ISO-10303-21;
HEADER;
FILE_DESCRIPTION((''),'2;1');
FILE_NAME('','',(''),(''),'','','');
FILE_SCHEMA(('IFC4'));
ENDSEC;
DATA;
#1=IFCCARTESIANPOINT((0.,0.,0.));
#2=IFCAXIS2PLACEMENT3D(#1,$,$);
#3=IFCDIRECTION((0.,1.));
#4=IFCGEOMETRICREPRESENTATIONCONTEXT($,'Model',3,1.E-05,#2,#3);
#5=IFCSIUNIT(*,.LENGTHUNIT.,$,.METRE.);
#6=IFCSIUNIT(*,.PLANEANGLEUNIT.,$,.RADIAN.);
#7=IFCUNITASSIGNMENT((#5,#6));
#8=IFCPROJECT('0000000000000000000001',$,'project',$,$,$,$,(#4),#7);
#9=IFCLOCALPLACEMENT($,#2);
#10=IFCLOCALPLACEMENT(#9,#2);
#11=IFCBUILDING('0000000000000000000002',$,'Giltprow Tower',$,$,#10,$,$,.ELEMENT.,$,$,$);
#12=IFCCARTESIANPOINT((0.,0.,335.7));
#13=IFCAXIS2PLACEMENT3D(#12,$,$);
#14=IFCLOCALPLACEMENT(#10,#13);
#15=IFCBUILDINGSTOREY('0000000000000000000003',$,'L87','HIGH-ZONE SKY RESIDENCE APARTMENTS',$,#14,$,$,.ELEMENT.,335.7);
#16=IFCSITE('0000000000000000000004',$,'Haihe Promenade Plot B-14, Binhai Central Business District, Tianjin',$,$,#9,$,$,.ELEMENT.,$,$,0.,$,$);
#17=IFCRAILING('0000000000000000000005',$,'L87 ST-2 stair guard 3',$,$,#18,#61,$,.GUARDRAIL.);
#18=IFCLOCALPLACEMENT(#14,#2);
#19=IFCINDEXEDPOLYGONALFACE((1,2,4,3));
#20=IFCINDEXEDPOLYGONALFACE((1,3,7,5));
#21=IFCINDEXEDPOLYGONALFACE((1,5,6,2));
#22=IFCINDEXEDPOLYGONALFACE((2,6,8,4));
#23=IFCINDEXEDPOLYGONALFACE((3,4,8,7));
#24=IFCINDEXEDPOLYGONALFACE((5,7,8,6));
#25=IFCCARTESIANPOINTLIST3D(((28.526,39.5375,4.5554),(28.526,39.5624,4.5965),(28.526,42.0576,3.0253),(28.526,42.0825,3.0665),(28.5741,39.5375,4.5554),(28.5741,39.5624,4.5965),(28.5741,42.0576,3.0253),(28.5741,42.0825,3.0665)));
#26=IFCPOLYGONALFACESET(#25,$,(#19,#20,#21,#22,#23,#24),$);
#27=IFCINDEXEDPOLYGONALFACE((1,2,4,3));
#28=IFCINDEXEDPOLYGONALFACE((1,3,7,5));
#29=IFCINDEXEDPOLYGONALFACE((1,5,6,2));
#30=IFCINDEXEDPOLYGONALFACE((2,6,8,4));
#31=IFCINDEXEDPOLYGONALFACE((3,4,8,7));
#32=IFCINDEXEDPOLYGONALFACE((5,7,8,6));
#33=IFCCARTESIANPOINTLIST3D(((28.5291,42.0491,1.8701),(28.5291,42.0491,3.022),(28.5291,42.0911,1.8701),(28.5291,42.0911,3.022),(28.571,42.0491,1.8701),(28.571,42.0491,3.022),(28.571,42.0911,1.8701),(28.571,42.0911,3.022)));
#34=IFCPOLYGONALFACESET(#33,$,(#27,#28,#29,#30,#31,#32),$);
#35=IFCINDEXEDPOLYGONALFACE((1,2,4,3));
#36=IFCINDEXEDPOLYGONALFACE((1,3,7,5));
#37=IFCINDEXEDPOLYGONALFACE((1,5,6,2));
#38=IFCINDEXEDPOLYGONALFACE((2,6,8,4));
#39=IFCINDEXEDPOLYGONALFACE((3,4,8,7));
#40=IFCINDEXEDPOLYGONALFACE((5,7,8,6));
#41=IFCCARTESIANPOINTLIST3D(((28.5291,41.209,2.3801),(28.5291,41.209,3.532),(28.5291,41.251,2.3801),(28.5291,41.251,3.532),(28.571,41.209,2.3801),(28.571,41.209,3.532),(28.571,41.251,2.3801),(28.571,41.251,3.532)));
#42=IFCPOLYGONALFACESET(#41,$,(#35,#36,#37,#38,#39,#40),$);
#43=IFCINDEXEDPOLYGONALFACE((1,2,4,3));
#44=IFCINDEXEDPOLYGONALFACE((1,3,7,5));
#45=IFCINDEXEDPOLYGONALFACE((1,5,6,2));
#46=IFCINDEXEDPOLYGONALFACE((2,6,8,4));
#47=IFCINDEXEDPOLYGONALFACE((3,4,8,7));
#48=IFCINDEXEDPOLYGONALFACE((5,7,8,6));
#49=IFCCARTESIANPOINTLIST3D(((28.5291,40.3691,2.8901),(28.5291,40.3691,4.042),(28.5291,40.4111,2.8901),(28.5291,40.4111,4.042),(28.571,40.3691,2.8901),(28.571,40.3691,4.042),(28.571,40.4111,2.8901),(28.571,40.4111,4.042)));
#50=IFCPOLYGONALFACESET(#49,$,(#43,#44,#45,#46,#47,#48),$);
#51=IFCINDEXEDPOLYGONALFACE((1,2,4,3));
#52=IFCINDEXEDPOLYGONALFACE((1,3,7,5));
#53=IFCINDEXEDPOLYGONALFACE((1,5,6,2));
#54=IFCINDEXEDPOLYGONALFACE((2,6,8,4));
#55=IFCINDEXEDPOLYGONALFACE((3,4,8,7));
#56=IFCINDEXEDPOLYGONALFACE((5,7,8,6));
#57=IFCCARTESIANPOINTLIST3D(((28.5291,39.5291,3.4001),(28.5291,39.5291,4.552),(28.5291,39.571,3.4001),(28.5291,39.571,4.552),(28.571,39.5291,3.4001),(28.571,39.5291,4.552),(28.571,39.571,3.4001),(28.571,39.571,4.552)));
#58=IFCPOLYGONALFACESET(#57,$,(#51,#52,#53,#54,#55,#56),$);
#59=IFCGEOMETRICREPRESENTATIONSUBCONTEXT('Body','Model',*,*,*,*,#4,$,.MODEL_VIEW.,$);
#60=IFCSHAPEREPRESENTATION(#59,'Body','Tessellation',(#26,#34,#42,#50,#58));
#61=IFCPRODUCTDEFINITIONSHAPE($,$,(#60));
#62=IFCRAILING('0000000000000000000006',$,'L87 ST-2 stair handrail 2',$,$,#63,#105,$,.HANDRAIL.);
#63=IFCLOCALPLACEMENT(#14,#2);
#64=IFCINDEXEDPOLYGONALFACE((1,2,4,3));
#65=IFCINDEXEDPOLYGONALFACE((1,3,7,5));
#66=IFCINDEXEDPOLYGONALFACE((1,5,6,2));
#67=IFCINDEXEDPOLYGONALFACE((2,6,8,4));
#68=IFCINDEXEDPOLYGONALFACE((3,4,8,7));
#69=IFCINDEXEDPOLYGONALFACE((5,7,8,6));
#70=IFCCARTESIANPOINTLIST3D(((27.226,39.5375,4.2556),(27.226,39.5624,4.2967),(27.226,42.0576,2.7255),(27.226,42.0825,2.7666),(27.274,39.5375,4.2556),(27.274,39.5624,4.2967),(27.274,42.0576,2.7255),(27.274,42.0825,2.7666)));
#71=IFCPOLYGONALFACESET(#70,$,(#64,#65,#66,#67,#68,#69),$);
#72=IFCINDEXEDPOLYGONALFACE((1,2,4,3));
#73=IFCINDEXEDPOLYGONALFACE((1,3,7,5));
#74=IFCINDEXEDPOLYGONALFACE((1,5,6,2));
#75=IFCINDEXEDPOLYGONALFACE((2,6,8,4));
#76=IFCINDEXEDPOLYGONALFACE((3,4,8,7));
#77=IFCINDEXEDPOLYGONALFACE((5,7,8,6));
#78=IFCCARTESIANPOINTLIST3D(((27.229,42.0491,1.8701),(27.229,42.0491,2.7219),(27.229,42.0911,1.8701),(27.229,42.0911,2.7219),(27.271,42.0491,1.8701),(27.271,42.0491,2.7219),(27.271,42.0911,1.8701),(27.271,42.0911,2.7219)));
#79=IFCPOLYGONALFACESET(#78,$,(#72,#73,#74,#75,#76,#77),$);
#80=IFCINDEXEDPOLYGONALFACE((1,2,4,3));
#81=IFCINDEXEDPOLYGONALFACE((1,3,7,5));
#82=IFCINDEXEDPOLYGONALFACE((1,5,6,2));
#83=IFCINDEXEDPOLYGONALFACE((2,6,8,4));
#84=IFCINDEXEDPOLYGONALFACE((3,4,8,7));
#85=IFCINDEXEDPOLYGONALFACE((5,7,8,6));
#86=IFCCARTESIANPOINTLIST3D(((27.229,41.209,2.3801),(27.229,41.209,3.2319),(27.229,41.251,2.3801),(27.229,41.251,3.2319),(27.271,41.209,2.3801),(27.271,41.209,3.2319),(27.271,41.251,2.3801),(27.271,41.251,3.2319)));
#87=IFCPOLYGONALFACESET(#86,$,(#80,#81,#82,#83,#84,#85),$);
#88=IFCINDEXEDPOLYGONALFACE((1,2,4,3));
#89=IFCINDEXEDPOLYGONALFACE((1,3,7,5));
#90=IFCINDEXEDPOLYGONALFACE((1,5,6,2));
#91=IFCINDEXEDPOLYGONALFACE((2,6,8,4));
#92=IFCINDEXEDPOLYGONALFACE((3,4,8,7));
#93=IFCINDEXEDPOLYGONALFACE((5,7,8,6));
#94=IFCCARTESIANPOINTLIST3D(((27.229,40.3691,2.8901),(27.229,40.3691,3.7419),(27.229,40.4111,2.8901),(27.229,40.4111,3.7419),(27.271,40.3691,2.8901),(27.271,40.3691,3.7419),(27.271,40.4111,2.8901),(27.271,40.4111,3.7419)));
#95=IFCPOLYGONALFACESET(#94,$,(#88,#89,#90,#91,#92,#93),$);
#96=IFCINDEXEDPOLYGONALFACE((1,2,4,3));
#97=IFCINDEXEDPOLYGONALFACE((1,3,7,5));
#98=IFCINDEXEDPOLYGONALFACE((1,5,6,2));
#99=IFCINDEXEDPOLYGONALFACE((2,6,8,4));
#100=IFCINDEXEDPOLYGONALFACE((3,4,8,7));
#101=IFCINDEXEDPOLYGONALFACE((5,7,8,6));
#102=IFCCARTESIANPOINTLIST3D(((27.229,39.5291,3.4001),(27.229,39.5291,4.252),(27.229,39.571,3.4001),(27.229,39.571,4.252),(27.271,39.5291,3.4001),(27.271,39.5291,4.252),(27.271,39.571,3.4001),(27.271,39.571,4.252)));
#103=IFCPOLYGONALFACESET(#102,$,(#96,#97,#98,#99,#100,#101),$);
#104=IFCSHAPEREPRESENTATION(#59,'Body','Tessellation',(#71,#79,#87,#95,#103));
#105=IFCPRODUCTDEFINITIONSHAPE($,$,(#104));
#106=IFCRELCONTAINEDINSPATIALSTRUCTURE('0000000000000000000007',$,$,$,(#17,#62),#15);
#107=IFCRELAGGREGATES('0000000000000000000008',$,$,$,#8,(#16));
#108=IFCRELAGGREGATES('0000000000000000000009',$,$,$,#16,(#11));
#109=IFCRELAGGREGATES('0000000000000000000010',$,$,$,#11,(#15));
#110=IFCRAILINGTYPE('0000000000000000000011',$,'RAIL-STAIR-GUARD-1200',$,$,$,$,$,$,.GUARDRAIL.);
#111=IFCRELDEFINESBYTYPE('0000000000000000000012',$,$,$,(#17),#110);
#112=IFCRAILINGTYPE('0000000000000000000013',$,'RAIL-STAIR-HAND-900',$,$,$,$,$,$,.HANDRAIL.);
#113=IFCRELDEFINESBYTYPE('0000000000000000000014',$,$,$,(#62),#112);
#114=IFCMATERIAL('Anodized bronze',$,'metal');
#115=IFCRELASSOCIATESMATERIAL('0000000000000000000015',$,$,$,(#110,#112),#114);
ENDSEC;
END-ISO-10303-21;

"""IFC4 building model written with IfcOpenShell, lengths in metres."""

from ifc_helpers import new_model, si_unit, direction, frame, origin, origin_2d, place, context, subcontext, project, spatial, rectangle, extrude, material, type_object, element, save


model = new_model("IFC4")

# Units and contexts
model_context = context("Model", 3, precision=1e-05, world=origin(), true_north=direction((0.0, 1.0)))
body_context = subcontext(model_context, "Body", "Model", "MODEL_VIEW")
ifc_project = project(units=[si_unit("LENGTHUNIT", "METRE"), si_unit("PLANEANGLEUNIT", "RADIAN")], contexts=[model_context])

# Site, building, storey
site_placement = place(None, origin())
site = spatial("IfcSite", under=ifc_project, at=site_placement, Name="Haihe Promenade Plot B-14, Binhai Central Business District, Tianjin", CompositionType="ELEMENT", RefElevation=0.0)
building_placement = place(site_placement, origin())
building = spatial("IfcBuilding", under=site, at=building_placement, Name="Giltprow Tower", CompositionType="ELEMENT")
storey_placement = place(building_placement, frame((0.0, 0.0, 335.7)))
storey = spatial("IfcBuildingStorey", under=building, at=storey_placement, Name="L87", Description="HIGH-ZONE SKY RESIDENCE APARTMENTS", CompositionType="ELEMENT", Elevation=335.7)

# Railings
ifc_material_1 = material(Name="Anodized bronze", Category="metal")
railing_type_1 = type_object("IfcRailingType", Name="RAIL-STAIR-GUARD-1200", PredefinedType="GUARDRAIL", material=ifc_material_1)
railing_1_placement = place(storey_placement, frame((28.55, 42.0701, 1.8701)))
element("IfcRailing", 1, at=railing_1_placement, inside=storey, type_object=railing_type_1, Name="L87 ST-2 stair guard 3", PredefinedType="GUARDRAIL", context=body_context, shape_type="SweptSolid", body=[
    extrude(rectangle(XDim=0.0481, YDim=0.0481, at=origin_2d()), frame((0.0, 0.0, 1.1758), z_axis=(0.0, -0.854785, 0.518982), x_axis=(1.0, 0.0, 0.0)), (0.0, 0.0, 1.0), 2.9482),
    extrude(rectangle(XDim=0.042, YDim=0.042, at=origin_2d()), origin(), (0.0, 0.0, 1.0), 1.1519),
    extrude(rectangle(XDim=0.042, YDim=0.042, at=origin_2d()), frame((0.0, -0.8401, 0.51)), (0.0, 0.0, 1.0), 1.1519),
    extrude(rectangle(XDim=0.042, YDim=0.042, at=origin_2d()), frame((0.0, -1.6799, 1.02)), (0.0, 0.0, 1.0), 1.1519),
    extrude(rectangle(XDim=0.042, YDim=0.042, at=origin_2d()), frame((0.0, -2.52, 1.53)), (0.0, 0.0, 1.0), 1.1519),
])
railing_type_2 = type_object("IfcRailingType", Name="RAIL-STAIR-HAND-900", PredefinedType="HANDRAIL", material=ifc_material_1)
railing_2_placement = place(storey_placement, frame((27.25, 42.0701, 1.8701)))
element("IfcRailing", 2, at=railing_2_placement, inside=storey, type_object=railing_type_2, Name="L87 ST-2 stair handrail 2", PredefinedType="HANDRAIL", context=body_context, shape_type="SweptSolid", body=[
    extrude(rectangle(XDim=0.0481, YDim=0.0481, at=origin_2d()), frame((0.0, 0.0, 0.876), z_axis=(0.0, -0.854785, 0.518982), x_axis=(1.0, 0.0, 0.0)), (0.0, 0.0, 1.0), 2.9482),
    extrude(rectangle(XDim=0.042, YDim=0.042, at=origin_2d()), origin(), (0.0, 0.0, 1.0), 0.8518),
    extrude(rectangle(XDim=0.042, YDim=0.042, at=origin_2d()), frame((0.0, -0.8401, 0.51)), (0.0, 0.0, 1.0), 0.8518),
    extrude(rectangle(XDim=0.042, YDim=0.042, at=origin_2d()), frame((0.0, -1.6799, 1.02)), (0.0, 0.0, 1.0), 0.8518),
    extrude(rectangle(XDim=0.042, YDim=0.042, at=origin_2d()), frame((0.0, -2.52, 1.53)), (0.0, 0.0, 1.0), 0.8518),
])

save(model, "model.ifc")
